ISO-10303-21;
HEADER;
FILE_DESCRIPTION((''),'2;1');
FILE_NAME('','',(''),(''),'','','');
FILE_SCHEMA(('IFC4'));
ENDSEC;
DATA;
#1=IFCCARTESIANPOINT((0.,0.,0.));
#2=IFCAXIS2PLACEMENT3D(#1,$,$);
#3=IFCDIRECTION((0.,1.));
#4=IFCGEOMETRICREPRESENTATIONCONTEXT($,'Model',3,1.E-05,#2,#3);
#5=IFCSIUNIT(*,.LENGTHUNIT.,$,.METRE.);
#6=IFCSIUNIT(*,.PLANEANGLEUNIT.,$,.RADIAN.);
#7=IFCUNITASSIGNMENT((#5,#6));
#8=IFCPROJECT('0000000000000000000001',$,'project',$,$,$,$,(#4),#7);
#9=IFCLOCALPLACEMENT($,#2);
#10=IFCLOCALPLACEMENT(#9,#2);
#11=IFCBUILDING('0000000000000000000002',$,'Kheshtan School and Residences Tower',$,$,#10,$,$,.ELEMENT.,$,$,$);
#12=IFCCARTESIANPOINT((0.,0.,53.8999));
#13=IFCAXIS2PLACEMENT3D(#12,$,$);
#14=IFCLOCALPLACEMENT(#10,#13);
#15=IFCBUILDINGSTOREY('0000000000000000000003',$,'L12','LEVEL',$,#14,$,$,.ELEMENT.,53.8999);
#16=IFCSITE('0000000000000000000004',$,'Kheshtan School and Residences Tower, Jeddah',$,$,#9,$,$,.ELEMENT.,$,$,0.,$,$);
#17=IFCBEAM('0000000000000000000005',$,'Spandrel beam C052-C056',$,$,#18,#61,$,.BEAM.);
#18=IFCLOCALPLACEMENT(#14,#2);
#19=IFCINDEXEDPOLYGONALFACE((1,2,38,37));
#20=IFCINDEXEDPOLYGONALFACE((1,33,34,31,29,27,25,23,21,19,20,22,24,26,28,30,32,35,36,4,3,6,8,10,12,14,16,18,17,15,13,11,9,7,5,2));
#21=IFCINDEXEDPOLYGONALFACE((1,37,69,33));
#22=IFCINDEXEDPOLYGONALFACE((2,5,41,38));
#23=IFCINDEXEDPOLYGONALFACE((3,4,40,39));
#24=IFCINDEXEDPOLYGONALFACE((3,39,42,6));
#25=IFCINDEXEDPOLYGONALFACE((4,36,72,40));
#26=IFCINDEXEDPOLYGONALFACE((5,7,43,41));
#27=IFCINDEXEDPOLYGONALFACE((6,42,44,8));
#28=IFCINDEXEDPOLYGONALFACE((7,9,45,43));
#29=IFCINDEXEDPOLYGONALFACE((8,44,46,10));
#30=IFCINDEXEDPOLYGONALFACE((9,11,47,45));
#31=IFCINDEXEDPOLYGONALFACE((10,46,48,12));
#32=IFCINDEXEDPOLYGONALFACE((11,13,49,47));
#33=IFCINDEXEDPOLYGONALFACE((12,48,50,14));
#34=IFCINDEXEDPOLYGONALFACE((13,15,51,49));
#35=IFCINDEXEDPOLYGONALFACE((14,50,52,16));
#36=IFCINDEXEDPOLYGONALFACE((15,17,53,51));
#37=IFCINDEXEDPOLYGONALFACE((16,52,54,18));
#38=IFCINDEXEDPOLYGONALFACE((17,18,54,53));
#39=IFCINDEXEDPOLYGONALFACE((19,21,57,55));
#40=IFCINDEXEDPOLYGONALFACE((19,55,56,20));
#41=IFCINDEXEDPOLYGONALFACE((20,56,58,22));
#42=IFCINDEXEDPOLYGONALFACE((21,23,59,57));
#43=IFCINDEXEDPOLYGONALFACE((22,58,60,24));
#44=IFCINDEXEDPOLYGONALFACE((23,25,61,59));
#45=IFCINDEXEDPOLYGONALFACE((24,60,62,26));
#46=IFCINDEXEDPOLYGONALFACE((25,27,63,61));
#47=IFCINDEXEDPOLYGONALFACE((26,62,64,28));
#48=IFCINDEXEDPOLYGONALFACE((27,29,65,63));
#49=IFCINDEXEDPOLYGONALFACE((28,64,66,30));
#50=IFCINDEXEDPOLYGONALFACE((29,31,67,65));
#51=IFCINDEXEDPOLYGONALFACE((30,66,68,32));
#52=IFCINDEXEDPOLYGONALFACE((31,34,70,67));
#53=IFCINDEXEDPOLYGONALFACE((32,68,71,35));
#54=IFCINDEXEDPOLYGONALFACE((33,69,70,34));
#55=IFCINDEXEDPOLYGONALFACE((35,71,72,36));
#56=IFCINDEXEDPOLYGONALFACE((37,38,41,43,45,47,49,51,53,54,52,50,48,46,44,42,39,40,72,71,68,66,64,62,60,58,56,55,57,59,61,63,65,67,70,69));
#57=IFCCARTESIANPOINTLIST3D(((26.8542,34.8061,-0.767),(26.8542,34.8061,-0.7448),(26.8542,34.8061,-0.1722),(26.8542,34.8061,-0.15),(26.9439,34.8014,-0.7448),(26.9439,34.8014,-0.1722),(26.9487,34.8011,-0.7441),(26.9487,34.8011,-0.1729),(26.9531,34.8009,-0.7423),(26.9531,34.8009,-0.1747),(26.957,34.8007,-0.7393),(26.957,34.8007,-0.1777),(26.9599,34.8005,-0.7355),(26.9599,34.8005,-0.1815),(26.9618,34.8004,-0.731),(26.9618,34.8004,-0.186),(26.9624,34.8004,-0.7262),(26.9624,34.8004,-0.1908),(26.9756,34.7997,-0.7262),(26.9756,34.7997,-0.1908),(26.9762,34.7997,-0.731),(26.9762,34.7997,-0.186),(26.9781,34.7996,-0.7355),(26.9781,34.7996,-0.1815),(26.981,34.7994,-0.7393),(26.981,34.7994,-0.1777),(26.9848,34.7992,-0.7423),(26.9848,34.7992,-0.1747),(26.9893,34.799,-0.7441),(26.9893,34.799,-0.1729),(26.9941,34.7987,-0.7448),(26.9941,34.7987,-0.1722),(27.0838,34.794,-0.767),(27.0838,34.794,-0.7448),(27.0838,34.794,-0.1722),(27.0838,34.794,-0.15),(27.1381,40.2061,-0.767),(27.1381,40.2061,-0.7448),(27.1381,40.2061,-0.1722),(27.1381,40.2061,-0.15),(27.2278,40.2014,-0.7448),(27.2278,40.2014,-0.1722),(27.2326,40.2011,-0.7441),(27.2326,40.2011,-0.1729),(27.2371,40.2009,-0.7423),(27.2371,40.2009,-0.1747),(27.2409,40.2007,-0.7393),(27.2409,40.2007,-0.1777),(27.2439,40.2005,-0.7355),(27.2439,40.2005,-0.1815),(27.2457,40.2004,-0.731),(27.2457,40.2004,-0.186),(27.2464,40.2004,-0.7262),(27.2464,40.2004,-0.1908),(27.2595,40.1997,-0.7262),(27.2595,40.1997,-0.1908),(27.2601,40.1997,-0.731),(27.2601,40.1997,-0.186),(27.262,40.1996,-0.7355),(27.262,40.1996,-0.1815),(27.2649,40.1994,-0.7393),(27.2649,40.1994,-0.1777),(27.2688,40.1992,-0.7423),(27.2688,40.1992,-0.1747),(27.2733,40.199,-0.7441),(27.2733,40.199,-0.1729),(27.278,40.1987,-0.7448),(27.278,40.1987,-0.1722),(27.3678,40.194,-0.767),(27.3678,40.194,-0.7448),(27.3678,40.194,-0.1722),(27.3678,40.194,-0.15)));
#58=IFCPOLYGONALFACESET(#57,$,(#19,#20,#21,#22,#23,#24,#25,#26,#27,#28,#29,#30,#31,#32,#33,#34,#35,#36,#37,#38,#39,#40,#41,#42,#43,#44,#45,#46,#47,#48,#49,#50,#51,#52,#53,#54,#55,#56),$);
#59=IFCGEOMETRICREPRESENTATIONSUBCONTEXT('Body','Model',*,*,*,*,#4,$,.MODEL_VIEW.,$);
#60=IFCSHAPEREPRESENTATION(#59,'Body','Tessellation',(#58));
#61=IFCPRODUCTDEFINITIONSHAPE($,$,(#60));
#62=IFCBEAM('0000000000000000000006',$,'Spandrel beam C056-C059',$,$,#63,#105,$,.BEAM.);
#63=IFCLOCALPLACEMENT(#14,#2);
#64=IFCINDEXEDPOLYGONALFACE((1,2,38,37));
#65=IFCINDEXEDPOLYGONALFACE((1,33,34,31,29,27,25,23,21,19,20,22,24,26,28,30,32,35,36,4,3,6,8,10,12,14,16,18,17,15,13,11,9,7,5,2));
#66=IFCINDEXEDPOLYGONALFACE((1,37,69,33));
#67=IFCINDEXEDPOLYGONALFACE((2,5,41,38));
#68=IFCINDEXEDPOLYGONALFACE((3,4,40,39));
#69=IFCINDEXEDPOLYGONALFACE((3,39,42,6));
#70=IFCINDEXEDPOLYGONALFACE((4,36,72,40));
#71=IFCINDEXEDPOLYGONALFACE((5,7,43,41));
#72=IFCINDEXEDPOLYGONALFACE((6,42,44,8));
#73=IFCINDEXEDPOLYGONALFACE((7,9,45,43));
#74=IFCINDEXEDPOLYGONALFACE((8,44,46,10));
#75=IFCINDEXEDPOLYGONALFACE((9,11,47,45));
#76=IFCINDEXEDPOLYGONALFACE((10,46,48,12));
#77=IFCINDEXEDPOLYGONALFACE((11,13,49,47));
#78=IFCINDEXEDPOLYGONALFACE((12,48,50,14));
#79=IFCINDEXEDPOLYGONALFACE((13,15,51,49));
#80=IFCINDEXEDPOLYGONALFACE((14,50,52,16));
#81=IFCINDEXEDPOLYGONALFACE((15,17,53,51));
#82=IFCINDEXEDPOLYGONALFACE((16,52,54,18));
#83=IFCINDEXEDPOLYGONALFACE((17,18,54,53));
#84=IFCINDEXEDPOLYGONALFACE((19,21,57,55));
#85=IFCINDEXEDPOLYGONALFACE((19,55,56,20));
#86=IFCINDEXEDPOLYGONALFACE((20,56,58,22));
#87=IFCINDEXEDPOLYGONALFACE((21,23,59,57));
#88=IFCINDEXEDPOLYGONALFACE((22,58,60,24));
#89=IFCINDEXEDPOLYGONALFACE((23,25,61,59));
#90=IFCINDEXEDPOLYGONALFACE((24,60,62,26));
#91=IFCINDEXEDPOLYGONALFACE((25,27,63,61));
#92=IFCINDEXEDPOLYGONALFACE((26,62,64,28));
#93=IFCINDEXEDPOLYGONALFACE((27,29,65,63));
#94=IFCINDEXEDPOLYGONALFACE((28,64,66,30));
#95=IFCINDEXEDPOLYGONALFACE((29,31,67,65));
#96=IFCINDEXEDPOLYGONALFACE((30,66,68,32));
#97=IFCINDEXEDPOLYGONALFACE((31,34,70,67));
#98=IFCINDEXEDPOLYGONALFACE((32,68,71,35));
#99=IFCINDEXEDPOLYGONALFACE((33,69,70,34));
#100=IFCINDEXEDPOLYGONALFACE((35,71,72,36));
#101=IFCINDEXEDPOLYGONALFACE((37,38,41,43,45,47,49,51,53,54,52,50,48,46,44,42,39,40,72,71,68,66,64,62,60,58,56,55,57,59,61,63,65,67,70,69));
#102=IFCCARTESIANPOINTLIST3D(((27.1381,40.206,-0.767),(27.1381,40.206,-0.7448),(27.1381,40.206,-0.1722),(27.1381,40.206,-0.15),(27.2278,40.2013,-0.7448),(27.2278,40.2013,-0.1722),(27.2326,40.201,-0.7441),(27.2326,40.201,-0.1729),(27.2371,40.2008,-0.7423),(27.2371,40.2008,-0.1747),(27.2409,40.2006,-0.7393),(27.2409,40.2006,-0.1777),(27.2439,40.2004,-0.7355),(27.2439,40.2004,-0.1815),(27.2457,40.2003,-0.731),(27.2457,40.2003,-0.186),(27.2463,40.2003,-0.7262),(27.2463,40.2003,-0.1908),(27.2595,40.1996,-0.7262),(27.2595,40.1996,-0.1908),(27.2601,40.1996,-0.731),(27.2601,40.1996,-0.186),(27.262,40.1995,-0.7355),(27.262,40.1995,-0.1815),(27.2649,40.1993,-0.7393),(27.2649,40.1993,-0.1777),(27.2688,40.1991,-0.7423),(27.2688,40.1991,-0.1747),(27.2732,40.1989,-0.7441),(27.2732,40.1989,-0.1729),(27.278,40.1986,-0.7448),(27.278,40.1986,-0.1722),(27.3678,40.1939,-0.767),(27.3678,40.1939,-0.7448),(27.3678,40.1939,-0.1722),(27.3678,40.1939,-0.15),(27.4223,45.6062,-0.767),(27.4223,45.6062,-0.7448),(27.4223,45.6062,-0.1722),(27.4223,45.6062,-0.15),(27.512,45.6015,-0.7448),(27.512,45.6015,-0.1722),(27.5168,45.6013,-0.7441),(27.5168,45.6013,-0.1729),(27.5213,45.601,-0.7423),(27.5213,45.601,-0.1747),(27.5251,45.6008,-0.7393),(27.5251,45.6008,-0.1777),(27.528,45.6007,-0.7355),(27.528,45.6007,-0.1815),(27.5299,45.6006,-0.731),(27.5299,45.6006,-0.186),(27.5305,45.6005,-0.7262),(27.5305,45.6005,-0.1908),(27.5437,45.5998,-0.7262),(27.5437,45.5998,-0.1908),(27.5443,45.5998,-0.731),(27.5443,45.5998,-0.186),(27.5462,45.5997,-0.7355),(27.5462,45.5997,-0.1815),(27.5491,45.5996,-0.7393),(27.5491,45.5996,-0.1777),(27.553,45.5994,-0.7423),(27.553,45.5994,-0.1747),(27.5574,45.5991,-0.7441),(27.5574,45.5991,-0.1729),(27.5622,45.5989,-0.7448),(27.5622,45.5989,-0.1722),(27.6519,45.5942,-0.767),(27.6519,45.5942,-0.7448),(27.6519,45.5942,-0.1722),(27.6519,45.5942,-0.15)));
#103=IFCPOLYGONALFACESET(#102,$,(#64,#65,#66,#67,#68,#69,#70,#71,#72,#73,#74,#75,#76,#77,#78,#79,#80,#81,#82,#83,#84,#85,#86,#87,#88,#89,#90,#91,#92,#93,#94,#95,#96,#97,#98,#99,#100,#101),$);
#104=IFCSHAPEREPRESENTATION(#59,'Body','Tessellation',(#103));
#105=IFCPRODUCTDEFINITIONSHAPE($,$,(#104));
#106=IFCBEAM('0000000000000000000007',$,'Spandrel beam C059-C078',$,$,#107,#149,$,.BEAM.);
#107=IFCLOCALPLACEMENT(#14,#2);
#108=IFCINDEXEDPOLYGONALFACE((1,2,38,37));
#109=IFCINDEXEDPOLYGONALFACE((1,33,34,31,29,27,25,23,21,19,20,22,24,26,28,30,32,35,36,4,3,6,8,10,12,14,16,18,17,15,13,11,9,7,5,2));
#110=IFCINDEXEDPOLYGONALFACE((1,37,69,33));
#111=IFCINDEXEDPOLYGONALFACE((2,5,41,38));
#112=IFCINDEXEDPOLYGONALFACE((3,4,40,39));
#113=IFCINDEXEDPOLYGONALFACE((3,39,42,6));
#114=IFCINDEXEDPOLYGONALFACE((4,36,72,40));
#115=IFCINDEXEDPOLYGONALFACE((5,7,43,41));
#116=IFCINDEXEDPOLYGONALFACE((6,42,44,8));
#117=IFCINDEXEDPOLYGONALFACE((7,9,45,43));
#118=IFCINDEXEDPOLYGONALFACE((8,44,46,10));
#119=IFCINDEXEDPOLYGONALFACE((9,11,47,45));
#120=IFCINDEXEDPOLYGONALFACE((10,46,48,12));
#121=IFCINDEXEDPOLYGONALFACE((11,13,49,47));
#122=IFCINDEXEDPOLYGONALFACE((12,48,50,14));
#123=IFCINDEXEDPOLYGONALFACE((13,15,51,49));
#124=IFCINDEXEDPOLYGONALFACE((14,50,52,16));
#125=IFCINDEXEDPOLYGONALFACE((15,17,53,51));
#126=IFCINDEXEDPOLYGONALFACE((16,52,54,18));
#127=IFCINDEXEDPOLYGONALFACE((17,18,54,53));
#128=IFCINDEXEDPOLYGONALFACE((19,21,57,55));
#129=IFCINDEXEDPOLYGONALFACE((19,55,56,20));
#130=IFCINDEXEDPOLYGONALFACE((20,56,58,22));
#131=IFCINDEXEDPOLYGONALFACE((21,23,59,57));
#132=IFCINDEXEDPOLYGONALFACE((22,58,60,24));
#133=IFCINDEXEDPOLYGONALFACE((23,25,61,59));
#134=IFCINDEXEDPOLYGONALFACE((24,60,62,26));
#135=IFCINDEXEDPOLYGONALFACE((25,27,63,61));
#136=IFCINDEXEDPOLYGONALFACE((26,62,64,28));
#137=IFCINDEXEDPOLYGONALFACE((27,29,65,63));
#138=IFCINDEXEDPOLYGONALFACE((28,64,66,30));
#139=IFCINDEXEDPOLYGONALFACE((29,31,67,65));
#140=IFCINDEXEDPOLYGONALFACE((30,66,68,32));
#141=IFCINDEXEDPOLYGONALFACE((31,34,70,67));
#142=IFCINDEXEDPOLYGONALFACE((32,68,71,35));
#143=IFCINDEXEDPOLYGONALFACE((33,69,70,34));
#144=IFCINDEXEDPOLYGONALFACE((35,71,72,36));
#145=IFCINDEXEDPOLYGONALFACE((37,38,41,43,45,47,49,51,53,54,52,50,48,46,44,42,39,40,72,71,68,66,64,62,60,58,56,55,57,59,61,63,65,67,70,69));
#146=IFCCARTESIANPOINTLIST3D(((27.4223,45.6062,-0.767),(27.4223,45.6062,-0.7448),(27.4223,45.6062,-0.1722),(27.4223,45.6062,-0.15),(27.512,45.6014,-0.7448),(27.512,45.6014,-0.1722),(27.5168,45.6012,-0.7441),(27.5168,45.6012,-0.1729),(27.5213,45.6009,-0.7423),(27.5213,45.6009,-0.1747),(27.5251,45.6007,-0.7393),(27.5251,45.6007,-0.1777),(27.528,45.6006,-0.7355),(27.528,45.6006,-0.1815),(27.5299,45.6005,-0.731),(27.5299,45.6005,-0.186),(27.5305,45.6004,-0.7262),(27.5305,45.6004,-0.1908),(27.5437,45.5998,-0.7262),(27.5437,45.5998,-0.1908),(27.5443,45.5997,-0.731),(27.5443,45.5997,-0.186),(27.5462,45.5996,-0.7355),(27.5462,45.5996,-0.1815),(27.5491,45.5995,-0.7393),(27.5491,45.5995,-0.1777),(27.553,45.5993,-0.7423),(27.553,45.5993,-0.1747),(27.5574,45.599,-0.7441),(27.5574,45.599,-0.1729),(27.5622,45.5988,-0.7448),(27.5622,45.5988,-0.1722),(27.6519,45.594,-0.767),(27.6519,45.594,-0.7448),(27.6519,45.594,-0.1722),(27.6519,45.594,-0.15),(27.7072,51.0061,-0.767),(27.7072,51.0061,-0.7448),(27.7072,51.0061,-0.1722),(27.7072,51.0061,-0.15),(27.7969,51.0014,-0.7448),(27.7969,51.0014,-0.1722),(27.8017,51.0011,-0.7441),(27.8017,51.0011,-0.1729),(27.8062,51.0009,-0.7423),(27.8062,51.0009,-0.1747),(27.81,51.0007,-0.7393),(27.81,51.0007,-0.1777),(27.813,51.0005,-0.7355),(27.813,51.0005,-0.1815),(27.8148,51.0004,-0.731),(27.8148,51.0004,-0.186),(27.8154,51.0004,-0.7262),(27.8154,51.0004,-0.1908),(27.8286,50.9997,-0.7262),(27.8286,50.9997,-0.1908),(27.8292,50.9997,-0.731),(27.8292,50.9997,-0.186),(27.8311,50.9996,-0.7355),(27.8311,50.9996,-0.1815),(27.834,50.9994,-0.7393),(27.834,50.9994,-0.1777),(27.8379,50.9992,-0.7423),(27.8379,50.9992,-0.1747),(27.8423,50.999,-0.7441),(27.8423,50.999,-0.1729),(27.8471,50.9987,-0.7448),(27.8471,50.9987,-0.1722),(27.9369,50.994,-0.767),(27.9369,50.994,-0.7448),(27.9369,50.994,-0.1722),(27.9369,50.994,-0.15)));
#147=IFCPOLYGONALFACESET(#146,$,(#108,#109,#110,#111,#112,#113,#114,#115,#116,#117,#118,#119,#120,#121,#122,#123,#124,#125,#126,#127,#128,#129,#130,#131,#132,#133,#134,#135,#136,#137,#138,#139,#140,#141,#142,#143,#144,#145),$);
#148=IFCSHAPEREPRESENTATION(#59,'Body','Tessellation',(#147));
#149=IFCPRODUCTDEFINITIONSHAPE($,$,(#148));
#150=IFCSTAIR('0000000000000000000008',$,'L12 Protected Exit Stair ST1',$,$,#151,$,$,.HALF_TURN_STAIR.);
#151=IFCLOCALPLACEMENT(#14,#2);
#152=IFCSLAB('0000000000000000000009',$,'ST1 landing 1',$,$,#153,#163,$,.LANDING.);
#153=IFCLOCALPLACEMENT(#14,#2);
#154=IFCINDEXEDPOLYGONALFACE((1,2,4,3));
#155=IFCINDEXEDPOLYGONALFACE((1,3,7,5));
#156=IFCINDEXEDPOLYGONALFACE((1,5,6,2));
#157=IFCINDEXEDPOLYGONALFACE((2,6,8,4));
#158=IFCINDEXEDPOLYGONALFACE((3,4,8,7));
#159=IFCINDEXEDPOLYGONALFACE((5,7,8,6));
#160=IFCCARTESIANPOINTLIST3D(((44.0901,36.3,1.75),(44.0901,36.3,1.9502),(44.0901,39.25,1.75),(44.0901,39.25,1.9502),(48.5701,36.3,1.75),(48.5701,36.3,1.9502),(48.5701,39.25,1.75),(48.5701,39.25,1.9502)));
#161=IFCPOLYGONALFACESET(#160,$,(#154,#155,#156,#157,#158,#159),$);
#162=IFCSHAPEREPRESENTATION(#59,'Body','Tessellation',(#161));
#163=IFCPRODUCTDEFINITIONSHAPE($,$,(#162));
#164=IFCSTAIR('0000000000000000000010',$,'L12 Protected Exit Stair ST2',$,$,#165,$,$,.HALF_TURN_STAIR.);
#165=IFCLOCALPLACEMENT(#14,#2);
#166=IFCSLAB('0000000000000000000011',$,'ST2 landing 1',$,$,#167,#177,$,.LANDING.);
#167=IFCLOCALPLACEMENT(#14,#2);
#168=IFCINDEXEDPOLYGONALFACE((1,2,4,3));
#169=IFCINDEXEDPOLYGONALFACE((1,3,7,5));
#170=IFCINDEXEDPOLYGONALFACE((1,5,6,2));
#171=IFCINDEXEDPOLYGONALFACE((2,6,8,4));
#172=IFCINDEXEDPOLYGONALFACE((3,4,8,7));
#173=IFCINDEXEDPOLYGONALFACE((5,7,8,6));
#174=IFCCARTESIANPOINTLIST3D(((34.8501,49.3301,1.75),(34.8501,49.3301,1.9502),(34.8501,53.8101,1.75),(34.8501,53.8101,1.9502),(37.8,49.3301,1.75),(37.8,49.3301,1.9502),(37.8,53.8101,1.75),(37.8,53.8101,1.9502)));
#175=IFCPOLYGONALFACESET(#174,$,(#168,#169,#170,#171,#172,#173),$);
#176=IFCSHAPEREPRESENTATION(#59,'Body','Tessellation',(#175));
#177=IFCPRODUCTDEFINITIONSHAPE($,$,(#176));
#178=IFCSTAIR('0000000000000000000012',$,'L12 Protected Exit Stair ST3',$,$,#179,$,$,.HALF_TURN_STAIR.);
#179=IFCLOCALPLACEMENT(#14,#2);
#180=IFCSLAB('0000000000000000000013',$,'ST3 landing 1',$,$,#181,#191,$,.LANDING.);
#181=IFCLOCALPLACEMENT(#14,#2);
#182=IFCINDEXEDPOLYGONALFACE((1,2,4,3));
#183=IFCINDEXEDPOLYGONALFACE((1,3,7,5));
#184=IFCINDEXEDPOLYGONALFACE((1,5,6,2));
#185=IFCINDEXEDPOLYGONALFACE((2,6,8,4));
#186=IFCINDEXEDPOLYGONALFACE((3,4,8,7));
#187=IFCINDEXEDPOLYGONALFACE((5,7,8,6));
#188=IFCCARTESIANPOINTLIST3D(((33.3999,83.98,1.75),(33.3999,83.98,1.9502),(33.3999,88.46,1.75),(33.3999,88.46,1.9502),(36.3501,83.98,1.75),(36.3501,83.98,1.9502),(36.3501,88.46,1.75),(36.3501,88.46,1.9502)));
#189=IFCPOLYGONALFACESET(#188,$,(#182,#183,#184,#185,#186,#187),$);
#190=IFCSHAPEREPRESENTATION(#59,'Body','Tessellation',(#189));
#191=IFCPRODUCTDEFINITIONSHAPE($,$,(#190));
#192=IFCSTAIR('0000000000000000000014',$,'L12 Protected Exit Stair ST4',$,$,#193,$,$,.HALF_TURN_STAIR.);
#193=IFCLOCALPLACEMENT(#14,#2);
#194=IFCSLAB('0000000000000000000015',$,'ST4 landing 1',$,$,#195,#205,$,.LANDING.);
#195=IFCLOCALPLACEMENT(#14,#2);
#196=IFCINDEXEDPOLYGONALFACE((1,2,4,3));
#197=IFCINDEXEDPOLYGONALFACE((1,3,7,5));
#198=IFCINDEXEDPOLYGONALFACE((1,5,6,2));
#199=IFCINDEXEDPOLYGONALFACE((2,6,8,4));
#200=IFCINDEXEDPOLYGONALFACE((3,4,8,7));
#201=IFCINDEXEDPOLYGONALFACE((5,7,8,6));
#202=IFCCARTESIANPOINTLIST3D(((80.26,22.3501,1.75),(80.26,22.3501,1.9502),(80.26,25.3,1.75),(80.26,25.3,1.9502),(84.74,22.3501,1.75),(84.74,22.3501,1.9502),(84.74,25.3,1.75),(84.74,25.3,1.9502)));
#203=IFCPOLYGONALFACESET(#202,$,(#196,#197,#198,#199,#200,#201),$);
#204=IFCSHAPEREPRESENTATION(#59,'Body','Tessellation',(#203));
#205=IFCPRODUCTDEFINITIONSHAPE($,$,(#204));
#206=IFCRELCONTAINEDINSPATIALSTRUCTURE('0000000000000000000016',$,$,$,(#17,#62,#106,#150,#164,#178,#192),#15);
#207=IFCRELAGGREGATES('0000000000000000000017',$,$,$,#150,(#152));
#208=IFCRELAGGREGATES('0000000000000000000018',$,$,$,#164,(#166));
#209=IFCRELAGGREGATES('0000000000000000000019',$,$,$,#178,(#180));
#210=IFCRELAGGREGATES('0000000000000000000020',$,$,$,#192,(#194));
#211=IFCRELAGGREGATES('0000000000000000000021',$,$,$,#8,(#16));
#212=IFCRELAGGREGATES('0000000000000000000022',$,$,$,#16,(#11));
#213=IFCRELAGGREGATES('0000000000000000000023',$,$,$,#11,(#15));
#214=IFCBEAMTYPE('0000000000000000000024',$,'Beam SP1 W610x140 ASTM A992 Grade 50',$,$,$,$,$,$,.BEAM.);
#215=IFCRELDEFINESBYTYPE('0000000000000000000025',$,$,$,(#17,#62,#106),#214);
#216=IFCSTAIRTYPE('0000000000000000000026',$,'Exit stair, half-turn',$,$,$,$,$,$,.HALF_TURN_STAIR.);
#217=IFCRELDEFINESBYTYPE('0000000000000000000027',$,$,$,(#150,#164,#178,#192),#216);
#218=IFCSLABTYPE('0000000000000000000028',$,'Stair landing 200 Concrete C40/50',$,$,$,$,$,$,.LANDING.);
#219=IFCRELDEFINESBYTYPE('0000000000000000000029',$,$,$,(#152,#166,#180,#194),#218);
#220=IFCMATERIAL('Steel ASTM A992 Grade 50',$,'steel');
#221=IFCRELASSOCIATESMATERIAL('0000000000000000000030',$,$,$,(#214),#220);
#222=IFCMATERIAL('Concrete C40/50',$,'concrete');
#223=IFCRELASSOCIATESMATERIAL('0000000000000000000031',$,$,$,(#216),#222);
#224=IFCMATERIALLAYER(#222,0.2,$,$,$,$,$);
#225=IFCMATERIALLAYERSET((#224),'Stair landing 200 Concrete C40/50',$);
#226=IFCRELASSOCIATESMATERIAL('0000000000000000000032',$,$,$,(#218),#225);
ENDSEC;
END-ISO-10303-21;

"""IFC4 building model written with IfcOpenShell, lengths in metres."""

from ifc_helpers import new_model, si_unit, direction, frame, origin, origin_2d, place, context, subcontext, project, spatial, polyline, i_section, outline, extrude, material, layer, layer_set, material_profile, profile_set, type_object, element, aggregate, save


model = new_model("IFC4")

# Units and contexts
model_context = context("Model", 3, precision=1e-05, world=origin(), true_north=direction((0.0, 1.0)))
body_context = subcontext(model_context, "Body", "Model", "MODEL_VIEW")
ifc_project = project(units=[si_unit("LENGTHUNIT", "METRE"), si_unit("PLANEANGLEUNIT", "RADIAN")], contexts=[model_context])

# Site, building, storey
site_placement = place(None, origin())
site = spatial("IfcSite", under=ifc_project, at=site_placement, Name="Kheshtan School and Residences Tower, Jeddah", CompositionType="ELEMENT", RefElevation=0.0)
building_placement = place(site_placement, origin())
building = spatial("IfcBuilding", under=site, at=building_placement, Name="Kheshtan School and Residences Tower", CompositionType="ELEMENT")
storey_placement = place(building_placement, frame((0.0, 0.0, 53.8999)))
storey = spatial("IfcBuildingStorey", under=building, at=storey_placement, Name="L12", Description="LEVEL", CompositionType="ELEMENT", Elevation=53.8999)

# Shared definitions
ifc_material_1 = material(Name="Steel ASTM A992 Grade 50", Category="steel")

# Beams
ifc_material_profile_1 = material_profile(ifc_material_1, i_section(OverallWidth=0.23, OverallDepth=0.6169, WebThickness=0.0132, FlangeThickness=0.0222, FilletRadius=0.0186, at=origin_2d()), Name="W610x140")
ifc_profile_set_1 = profile_set([ifc_material_profile_1], Name="Steel ASTM A992 Grade 50")
beam_type_1 = type_object("IfcBeamType", Name="Beam SP1 W610x140 ASTM A992 Grade 50", PredefinedType="BEAM", material=ifc_profile_set_1)
beam_1_placement = place(storey_placement, frame((26.969, 34.8, -0.4585), z_axis=(0.052509, 0.99862, 0.0), x_axis=(-0.99862, 0.052509, 0.0)))
element("IfcBeam", 1, at=beam_1_placement, inside=storey, type_object=beam_type_1, Name="Spandrel beam C052-C056", PredefinedType="BEAM", context=body_context, shape_type="SweptSolid", body=[
    extrude(i_section(OverallWidth=0.23, OverallDepth=0.6169, WebThickness=0.0132, FlangeThickness=0.0222, FilletRadius=0.0186, at=origin_2d()), origin(), (0.0, 0.0, 1.0), 5.4075),
])
beam_2_placement = place(storey_placement, frame((27.2529, 40.2, -0.4585), z_axis=(0.052552, 0.998618, 0.0), x_axis=(-0.998618, 0.052552, 0.0)))
element("IfcBeam", 2, at=beam_2_placement, inside=storey, type_object=beam_type_1, Name="Spandrel beam C056-C059", PredefinedType="BEAM", context=body_context, shape_type="SweptSolid", body=[
    extrude(i_section(OverallWidth=0.23, OverallDepth=0.6169, WebThickness=0.0132, FlangeThickness=0.0222, FilletRadius=0.0186, at=origin_2d()), origin(), (0.0, 0.0, 1.0), 5.4077),
])
beam_3_placement = place(storey_placement, frame((27.5371, 45.6001, -0.4585), z_axis=(0.052689, 0.998611, 0.0), x_axis=(-0.998611, 0.052689, 0.0)))
element("IfcBeam", 3, at=beam_3_placement, inside=storey, type_object=beam_type_1, Name="Spandrel beam C059-C078", PredefinedType="BEAM", context=body_context, shape_type="SweptSolid", body=[
    extrude(i_section(OverallWidth=0.23, OverallDepth=0.6169, WebThickness=0.0132, FlangeThickness=0.0222, FilletRadius=0.0186, at=origin_2d()), origin(), (0.0, 0.0, 1.0), 5.4075),
])

# Shared definitions
ifc_material_2 = material(Name="Concrete C40/50", Category="concrete")

# Stairs, slabs
stair_type = type_object("IfcStairType", Name="Exit stair, half-turn", PredefinedType="HALF_TURN_STAIR", material=ifc_material_2)
stair_1_placement = place(storey_placement, origin())
stair_1 = element("IfcStair", 4, at=stair_1_placement, inside=storey, type_object=stair_type, Name="L12 Protected Exit Stair ST1", PredefinedType="HALF_TURN_STAIR")
ifc_layer_1 = layer(ifc_material_2, 0.2)
ifc_layer_set_1 = layer_set([ifc_layer_1], Name="Stair landing 200 Concrete C40/50")
slab_type_1 = type_object("IfcSlabType", Name="Stair landing 200 Concrete C40/50", PredefinedType="LANDING", material=ifc_layer_set_1)
slab_1_placement = place(storey_placement, frame((0.0, 0.0, 1.75)))
slab_1 = element("IfcSlab", 5, at=slab_1_placement, type_object=slab_type_1, Name="ST1 landing 1", PredefinedType="LANDING", context=body_context, shape_type="SweptSolid", body=[
    extrude(outline(polyline([(48.5701, 39.25), (44.0901, 39.25), (44.0901, 36.3), (48.5701, 36.3), (48.5701, 39.25)])), origin(), (0.0, 0.0, 1.0), 0.2002),
])
aggregate(stair_1, [slab_1])
stair_2_placement = place(storey_placement, origin())
stair_2 = element("IfcStair", 6, at=stair_2_placement, inside=storey, type_object=stair_type, Name="L12 Protected Exit Stair ST2", PredefinedType="HALF_TURN_STAIR")
slab_2_placement = place(storey_placement, frame((0.0, 0.0, 1.75)))
slab_2 = element("IfcSlab", 7, at=slab_2_placement, type_object=slab_type_1, Name="ST2 landing 1", PredefinedType="LANDING", context=body_context, shape_type="SweptSolid", body=[
    extrude(outline(polyline([(37.8, 49.3301), (37.8, 53.8101), (34.8501, 53.8101), (34.8501, 49.3301), (37.8, 49.3301)])), origin(), (0.0, 0.0, 1.0), 0.2002),
])
aggregate(stair_2, [slab_2])
stair_3_placement = place(storey_placement, origin())
stair_3 = element("IfcStair", 8, at=stair_3_placement, inside=storey, type_object=stair_type, Name="L12 Protected Exit Stair ST3", PredefinedType="HALF_TURN_STAIR")
slab_3_placement = place(storey_placement, frame((0.0, 0.0, 1.75)))
slab_3 = element("IfcSlab", 9, at=slab_3_placement, type_object=slab_type_1, Name="ST3 landing 1", PredefinedType="LANDING", context=body_context, shape_type="SweptSolid", body=[
    extrude(outline(polyline([(36.3501, 83.98), (36.3501, 88.46), (33.3999, 88.46), (33.3999, 83.98), (36.3501, 83.98)])), origin(), (0.0, 0.0, 1.0), 0.2002),
])
aggregate(stair_3, [slab_3])
stair_4_placement = place(storey_placement, origin())
stair_4 = element("IfcStair", 10, at=stair_4_placement, inside=storey, type_object=stair_type, Name="L12 Protected Exit Stair ST4", PredefinedType="HALF_TURN_STAIR")
slab_4_placement = place(storey_placement, frame((0.0, 0.0, 1.75)))
slab_4 = element("IfcSlab", 11, at=slab_4_placement, type_object=slab_type_1, Name="ST4 landing 1", PredefinedType="LANDING", context=body_context, shape_type="SweptSolid", body=[
    extrude(outline(polyline([(84.74, 25.3), (80.26, 25.3), (80.26, 22.3501), (84.74, 22.3501), (84.74, 25.3)])), origin(), (0.0, 0.0, 1.0), 0.2002),
])
aggregate(stair_4, [slab_4])

save(model, "model.ifc")
